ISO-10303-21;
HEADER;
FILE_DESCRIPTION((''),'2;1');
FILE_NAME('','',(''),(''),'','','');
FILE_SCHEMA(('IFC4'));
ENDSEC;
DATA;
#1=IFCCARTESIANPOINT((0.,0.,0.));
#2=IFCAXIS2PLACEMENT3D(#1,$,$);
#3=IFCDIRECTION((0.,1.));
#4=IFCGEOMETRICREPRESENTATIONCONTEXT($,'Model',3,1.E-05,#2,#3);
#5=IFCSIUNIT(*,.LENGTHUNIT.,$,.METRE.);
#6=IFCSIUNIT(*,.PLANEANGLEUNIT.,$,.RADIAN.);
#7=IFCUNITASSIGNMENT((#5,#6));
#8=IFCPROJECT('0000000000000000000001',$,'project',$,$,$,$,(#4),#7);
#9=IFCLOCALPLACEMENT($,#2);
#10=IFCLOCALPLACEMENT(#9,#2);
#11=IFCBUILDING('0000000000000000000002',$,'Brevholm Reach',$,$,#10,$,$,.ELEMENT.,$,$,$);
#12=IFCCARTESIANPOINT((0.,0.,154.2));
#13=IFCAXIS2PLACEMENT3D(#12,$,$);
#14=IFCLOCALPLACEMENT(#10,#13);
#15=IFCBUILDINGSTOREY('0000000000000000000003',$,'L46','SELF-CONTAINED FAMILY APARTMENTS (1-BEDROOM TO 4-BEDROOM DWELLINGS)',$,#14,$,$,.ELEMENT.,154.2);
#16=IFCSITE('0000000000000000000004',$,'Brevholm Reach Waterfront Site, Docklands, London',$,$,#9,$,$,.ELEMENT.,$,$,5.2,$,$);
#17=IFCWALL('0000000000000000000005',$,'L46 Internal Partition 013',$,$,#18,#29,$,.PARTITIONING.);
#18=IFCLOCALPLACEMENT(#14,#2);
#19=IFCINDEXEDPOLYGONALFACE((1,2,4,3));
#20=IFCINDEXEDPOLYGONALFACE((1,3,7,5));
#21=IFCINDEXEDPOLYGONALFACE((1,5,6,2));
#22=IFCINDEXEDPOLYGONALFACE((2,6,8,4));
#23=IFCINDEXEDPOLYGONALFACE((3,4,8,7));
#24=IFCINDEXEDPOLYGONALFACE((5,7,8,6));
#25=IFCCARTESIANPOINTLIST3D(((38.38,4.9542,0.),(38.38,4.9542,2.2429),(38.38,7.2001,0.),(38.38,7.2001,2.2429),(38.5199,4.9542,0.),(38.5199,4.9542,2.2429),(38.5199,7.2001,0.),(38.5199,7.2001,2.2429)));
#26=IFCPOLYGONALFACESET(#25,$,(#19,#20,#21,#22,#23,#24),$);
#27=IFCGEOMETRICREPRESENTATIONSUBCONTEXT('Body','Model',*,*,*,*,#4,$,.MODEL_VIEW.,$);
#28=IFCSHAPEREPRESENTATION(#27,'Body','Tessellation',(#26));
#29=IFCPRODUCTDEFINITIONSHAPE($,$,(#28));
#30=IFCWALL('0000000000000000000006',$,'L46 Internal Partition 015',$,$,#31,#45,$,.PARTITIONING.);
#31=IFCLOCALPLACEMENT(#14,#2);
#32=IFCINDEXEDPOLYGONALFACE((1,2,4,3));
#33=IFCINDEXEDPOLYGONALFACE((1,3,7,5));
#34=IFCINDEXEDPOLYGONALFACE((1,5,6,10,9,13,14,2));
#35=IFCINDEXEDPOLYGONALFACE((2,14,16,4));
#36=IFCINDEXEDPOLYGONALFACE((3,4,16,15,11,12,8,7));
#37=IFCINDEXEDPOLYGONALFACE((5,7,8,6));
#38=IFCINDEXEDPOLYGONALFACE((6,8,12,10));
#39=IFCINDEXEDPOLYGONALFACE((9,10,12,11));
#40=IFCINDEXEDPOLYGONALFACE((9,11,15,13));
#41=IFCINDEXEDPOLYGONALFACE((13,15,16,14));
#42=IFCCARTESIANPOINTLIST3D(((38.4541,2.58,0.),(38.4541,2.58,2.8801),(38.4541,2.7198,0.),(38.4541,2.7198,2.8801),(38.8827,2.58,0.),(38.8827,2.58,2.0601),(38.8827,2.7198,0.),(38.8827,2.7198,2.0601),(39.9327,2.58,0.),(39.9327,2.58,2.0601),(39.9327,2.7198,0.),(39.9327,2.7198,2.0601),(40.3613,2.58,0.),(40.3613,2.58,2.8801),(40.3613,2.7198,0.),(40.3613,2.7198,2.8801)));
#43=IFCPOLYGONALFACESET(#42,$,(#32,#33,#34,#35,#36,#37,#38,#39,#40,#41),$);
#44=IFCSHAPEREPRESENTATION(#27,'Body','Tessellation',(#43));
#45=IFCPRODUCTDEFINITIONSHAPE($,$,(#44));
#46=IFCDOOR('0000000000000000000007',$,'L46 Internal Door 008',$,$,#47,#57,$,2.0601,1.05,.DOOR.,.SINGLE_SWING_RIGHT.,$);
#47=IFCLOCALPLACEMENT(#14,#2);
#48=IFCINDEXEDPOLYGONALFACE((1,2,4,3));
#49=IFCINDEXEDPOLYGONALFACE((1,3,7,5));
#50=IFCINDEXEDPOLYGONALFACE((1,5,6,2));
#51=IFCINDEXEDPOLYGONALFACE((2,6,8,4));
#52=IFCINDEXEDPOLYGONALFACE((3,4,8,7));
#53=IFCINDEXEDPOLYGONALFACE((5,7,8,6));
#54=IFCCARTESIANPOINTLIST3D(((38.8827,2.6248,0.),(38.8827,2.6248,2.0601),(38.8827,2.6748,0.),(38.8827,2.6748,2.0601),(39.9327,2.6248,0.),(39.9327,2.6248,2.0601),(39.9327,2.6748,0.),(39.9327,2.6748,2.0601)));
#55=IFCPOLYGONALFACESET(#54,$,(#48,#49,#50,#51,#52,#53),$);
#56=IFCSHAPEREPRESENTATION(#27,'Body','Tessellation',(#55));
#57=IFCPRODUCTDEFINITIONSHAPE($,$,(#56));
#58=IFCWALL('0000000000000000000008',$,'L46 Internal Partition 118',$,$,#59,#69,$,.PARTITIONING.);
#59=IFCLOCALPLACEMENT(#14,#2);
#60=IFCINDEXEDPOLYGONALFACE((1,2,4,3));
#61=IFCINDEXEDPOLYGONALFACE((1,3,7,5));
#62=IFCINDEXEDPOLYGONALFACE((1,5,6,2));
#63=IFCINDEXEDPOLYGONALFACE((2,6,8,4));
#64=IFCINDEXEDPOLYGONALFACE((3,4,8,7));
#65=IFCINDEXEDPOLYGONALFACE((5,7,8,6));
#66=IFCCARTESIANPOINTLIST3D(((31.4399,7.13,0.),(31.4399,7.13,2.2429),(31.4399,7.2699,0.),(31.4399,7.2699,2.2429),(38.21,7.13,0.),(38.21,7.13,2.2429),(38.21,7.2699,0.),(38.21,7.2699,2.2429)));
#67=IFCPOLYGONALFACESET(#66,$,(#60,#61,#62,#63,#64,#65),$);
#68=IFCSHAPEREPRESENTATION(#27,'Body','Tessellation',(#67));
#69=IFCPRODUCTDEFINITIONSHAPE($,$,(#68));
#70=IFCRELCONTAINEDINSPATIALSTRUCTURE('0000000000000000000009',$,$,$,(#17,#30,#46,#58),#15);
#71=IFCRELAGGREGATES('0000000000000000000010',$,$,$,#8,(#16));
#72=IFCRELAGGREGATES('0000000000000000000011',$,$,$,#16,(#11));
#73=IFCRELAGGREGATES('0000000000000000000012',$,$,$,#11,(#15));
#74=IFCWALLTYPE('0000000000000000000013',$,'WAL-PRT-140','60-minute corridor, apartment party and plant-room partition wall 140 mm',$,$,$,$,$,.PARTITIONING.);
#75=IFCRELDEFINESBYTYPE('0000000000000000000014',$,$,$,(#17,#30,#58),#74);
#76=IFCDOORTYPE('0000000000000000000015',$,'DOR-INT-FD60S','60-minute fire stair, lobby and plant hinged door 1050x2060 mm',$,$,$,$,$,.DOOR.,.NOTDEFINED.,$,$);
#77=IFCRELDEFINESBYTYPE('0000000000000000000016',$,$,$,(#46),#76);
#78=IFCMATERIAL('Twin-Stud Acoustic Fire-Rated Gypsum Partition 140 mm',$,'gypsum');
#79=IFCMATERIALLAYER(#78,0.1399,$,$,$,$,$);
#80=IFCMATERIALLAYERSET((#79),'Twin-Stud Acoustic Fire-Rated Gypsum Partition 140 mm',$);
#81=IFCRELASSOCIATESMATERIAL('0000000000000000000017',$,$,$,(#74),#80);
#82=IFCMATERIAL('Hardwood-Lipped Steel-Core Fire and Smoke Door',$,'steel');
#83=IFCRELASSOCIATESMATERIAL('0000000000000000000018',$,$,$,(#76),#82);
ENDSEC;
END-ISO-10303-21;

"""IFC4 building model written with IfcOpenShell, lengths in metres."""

from ifc_helpers import new_model, si_unit, direction, frame, frame_2d, origin, place, context, subcontext, project, spatial, rectangle, extrude, material, layer, layer_set, type_object, element, fill, save


model = new_model("IFC4")

# Units and contexts
model_context = context("Model", 3, precision=1e-05, world=origin(), true_north=direction((0.0, 1.0)))
body_context = subcontext(model_context, "Body", "Model", "MODEL_VIEW")
ifc_project = project(units=[si_unit("LENGTHUNIT", "METRE"), si_unit("PLANEANGLEUNIT", "RADIAN")], contexts=[model_context])

# Site, building, storey
site_placement = place(None, origin())
site = spatial("IfcSite", under=ifc_project, at=site_placement, Name="Brevholm Reach Waterfront Site, Docklands, London", CompositionType="ELEMENT", RefElevation=5.2)
building_placement = place(site_placement, origin())
building = spatial("IfcBuilding", under=site, at=building_placement, Name="Brevholm Reach", CompositionType="ELEMENT")
storey_placement = place(building_placement, frame((0.0, 0.0, 154.2)))
storey = spatial("IfcBuildingStorey", under=building, at=storey_placement, Name="L46", Description="SELF-CONTAINED FAMILY APARTMENTS (1-BEDROOM TO 4-BEDROOM DWELLINGS)", CompositionType="ELEMENT", Elevation=154.2)

# Shared definitions
ifc_material_1 = material(Name="Twin-Stud Acoustic Fire-Rated Gypsum Partition 140 mm", Category="gypsum")
ifc_layer_1 = layer(ifc_material_1, 0.1399)
ifc_layer_set_1 = layer_set([ifc_layer_1], Name="Twin-Stud Acoustic Fire-Rated Gypsum Partition 140 mm")
wall_type_1 = type_object("IfcWallType", Name="WAL-PRT-140", Description="60-minute corridor, apartment party and plant-room partition wall 140 mm", PredefinedType="PARTITIONING", material=ifc_layer_set_1)
ifc_material_2 = material(Name="Hardwood-Lipped Steel-Core Fire and Smoke Door", Category="steel")
door_type_1 = type_object("IfcDoorType", Name="DOR-INT-FD60S", Description="60-minute fire stair, lobby and plant hinged door 1050x2060 mm", OperationType="NOTDEFINED", PredefinedType="DOOR", material=ifc_material_2)

# Wall
wall_1_placement = place(storey_placement, frame((38.45, 4.9541, 0.0), z_axis=(0.0, 0.0, 1.0), x_axis=(0.0, 1.0, 0.0)))
element("IfcWall", 1, at=wall_1_placement, inside=storey, type_object=wall_type_1, Name="L46 Internal Partition 013", PredefinedType="PARTITIONING", context=body_context, shape_type="SweptSolid", body=[
    extrude(rectangle(XDim=2.2458, YDim=0.1399, at=frame_2d((1.123, 0.0))), origin(), (0.0, 0.0, 1.0), 2.2429),
])

# Wall, opening, door
wall_2_placement = place(storey_placement, frame((38.4541, 2.6499, 0.0), z_axis=(0.0, 0.0, 1.0), x_axis=(1.0, 0.0, 0.0)))
wall_2 = element("IfcWall", 2, at=wall_2_placement, inside=storey, type_object=wall_type_1, Name="L46 Internal Partition 015", PredefinedType="PARTITIONING", context=body_context, shape_type="SweptSolid", body=[
    extrude(rectangle(XDim=1.9072, YDim=0.1399, at=frame_2d((0.9536, 0.0))), origin(), (0.0, 0.0, 1.0), 2.8801),
])
opening_1_placement = place(wall_2_placement, frame((0.4287, 0.0, 0.0)))
opening_1 = element("IfcOpeningElement", 3, at=opening_1_placement, cuts=wall_2, PredefinedType="OPENING", context=body_context, shape_type="SweptSolid", body=[
    extrude(rectangle(XDim=1.05, YDim=2.0601, at=frame_2d((0.5249, 1.03))), frame((0.0, 0.0798, 0.0), z_axis=(0.0, -1.0, 0.0), x_axis=(1.0, 0.0, 0.0)), (0.0, 0.0, 1.0), 0.1599),
])
door_1_placement = place(opening_1_placement, origin())
door_1 = element("IfcDoor", 4, at=door_1_placement, inside=storey, type_object=door_type_1, Name="L46 Internal Door 008", OperationType="SINGLE_SWING_RIGHT", OverallHeight=2.0601, OverallWidth=1.05, PredefinedType="DOOR", context=body_context, shape_type="SweptSolid", body=[
    extrude(rectangle(XDim=1.05, YDim=2.0601, at=frame_2d((0.5249, 1.03))), frame((0.0, 0.0249, 0.0), z_axis=(0.0, -1.0, 0.0), x_axis=(1.0, 0.0, 0.0)), (0.0, 0.0, 1.0), 0.05),
])
fill(opening_1, door_1)

# Wall
wall_3_placement = place(storey_placement, frame((31.4399, 7.2, 0.0), z_axis=(0.0, 0.0, 1.0), x_axis=(1.0, 0.0, 0.0)))
element("IfcWall", 5, at=wall_3_placement, inside=storey, type_object=wall_type_1, Name="L46 Internal Partition 118", PredefinedType="PARTITIONING", context=body_context, shape_type="SweptSolid", body=[
    extrude(rectangle(XDim=6.77, YDim=0.1399, at=frame_2d((3.385, 0.0))), origin(), (0.0, 0.0, 1.0), 2.2429),
])

save(model, "model.ifc")
